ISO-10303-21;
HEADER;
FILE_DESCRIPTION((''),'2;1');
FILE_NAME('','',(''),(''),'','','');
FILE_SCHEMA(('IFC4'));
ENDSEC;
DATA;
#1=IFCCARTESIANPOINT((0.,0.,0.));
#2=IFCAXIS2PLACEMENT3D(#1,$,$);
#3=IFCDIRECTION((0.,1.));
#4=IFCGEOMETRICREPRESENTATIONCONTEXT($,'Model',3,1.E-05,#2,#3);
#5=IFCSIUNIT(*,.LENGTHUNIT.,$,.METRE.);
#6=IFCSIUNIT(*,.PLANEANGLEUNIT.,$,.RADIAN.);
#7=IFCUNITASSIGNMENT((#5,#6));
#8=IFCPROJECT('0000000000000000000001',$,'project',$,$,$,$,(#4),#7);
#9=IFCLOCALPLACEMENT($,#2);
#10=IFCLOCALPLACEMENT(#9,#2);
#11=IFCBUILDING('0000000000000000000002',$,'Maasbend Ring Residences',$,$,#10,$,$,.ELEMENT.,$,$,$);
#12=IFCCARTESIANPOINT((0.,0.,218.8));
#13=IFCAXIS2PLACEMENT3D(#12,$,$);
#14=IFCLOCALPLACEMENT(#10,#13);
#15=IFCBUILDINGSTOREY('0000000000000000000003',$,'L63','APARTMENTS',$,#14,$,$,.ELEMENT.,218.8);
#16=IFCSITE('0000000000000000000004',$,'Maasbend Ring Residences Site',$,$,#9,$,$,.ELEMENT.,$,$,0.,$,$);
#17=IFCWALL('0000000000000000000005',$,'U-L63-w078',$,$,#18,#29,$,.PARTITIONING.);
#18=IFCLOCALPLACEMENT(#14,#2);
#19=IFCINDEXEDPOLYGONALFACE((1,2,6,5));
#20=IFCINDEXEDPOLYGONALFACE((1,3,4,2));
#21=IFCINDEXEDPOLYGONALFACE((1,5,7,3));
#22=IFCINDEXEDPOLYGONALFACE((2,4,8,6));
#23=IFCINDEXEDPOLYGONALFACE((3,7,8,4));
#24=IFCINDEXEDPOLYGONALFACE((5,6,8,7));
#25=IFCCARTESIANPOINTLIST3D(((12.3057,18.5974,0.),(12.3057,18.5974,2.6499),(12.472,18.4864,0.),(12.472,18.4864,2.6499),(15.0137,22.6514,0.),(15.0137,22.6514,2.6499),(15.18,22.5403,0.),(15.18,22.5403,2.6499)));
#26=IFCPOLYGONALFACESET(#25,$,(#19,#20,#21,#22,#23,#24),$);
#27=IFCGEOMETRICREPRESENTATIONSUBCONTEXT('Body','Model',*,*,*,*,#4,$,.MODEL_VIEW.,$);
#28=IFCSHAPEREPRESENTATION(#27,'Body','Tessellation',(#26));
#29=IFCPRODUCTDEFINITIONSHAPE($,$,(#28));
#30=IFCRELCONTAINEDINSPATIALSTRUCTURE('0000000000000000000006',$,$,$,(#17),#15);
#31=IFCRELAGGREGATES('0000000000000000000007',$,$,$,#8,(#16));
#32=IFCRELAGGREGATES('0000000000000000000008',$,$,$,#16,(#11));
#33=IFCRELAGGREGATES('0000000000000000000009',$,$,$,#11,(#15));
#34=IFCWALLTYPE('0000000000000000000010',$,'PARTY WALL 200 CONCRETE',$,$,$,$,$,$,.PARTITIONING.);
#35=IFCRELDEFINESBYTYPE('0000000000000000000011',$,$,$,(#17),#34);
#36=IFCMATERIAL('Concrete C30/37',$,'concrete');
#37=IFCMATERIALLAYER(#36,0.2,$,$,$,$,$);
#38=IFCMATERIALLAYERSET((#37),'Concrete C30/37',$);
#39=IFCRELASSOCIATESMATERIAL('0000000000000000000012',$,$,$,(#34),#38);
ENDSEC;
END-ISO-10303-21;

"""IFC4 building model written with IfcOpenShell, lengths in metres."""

from ifc_helpers import new_model, si_unit, direction, frame, frame_2d, origin, place, context, subcontext, project, spatial, rectangle, extrude, material, layer, layer_set, type_object, element, save


model = new_model("IFC4")

# Units and contexts
model_context = context("Model", 3, precision=1e-05, world=origin(), true_north=direction((0.0, 1.0)))
body_context = subcontext(model_context, "Body", "Model", "MODEL_VIEW")
ifc_project = project(units=[si_unit("LENGTHUNIT", "METRE"), si_unit("PLANEANGLEUNIT", "RADIAN")], contexts=[model_context])

# Site, building, storey
site_placement = place(None, origin())
site = spatial("IfcSite", under=ifc_project, at=site_placement, Name="Maasbend Ring Residences Site", CompositionType="ELEMENT", RefElevation=0.0)
building_placement = place(site_placement, origin())
building = spatial("IfcBuilding", under=site, at=building_placement, Name="Maasbend Ring Residences", CompositionType="ELEMENT")
storey_placement = place(building_placement, frame((0.0, 0.0, 218.8)))
storey = spatial("IfcBuildingStorey", under=building, at=storey_placement, Name="L63", Description="APARTMENTS", CompositionType="ELEMENT", Elevation=218.8)

# Wall
ifc_material_1 = material(Name="Concrete C30/37", Category="concrete")
ifc_layer_1 = layer(ifc_material_1, 0.2)
ifc_layer_set_1 = layer_set([ifc_layer_1], Name="Concrete C30/37")
wall_type_1 = type_object("IfcWallType", Name="PARTY WALL 200 CONCRETE", PredefinedType="PARTITIONING", material=ifc_layer_set_1)
wall_1_placement = place(storey_placement, frame((12.3889, 18.542, 0.0), z_axis=(0.0, 0.0, 1.0), x_axis=(0.555463, 0.831541, 0.0)))
element("IfcWall", 1, at=wall_1_placement, inside=storey, type_object=wall_type_1, Name="U-L63-w078", PredefinedType="PARTITIONING", context=body_context, shape_type="SweptSolid", body=[
    extrude(rectangle(XDim=4.8752, YDim=0.2, at=frame_2d((2.4375, 0.0))), origin(), (0.0, 0.0, 1.0), 2.6499),
])

save(model, "model.ifc")
